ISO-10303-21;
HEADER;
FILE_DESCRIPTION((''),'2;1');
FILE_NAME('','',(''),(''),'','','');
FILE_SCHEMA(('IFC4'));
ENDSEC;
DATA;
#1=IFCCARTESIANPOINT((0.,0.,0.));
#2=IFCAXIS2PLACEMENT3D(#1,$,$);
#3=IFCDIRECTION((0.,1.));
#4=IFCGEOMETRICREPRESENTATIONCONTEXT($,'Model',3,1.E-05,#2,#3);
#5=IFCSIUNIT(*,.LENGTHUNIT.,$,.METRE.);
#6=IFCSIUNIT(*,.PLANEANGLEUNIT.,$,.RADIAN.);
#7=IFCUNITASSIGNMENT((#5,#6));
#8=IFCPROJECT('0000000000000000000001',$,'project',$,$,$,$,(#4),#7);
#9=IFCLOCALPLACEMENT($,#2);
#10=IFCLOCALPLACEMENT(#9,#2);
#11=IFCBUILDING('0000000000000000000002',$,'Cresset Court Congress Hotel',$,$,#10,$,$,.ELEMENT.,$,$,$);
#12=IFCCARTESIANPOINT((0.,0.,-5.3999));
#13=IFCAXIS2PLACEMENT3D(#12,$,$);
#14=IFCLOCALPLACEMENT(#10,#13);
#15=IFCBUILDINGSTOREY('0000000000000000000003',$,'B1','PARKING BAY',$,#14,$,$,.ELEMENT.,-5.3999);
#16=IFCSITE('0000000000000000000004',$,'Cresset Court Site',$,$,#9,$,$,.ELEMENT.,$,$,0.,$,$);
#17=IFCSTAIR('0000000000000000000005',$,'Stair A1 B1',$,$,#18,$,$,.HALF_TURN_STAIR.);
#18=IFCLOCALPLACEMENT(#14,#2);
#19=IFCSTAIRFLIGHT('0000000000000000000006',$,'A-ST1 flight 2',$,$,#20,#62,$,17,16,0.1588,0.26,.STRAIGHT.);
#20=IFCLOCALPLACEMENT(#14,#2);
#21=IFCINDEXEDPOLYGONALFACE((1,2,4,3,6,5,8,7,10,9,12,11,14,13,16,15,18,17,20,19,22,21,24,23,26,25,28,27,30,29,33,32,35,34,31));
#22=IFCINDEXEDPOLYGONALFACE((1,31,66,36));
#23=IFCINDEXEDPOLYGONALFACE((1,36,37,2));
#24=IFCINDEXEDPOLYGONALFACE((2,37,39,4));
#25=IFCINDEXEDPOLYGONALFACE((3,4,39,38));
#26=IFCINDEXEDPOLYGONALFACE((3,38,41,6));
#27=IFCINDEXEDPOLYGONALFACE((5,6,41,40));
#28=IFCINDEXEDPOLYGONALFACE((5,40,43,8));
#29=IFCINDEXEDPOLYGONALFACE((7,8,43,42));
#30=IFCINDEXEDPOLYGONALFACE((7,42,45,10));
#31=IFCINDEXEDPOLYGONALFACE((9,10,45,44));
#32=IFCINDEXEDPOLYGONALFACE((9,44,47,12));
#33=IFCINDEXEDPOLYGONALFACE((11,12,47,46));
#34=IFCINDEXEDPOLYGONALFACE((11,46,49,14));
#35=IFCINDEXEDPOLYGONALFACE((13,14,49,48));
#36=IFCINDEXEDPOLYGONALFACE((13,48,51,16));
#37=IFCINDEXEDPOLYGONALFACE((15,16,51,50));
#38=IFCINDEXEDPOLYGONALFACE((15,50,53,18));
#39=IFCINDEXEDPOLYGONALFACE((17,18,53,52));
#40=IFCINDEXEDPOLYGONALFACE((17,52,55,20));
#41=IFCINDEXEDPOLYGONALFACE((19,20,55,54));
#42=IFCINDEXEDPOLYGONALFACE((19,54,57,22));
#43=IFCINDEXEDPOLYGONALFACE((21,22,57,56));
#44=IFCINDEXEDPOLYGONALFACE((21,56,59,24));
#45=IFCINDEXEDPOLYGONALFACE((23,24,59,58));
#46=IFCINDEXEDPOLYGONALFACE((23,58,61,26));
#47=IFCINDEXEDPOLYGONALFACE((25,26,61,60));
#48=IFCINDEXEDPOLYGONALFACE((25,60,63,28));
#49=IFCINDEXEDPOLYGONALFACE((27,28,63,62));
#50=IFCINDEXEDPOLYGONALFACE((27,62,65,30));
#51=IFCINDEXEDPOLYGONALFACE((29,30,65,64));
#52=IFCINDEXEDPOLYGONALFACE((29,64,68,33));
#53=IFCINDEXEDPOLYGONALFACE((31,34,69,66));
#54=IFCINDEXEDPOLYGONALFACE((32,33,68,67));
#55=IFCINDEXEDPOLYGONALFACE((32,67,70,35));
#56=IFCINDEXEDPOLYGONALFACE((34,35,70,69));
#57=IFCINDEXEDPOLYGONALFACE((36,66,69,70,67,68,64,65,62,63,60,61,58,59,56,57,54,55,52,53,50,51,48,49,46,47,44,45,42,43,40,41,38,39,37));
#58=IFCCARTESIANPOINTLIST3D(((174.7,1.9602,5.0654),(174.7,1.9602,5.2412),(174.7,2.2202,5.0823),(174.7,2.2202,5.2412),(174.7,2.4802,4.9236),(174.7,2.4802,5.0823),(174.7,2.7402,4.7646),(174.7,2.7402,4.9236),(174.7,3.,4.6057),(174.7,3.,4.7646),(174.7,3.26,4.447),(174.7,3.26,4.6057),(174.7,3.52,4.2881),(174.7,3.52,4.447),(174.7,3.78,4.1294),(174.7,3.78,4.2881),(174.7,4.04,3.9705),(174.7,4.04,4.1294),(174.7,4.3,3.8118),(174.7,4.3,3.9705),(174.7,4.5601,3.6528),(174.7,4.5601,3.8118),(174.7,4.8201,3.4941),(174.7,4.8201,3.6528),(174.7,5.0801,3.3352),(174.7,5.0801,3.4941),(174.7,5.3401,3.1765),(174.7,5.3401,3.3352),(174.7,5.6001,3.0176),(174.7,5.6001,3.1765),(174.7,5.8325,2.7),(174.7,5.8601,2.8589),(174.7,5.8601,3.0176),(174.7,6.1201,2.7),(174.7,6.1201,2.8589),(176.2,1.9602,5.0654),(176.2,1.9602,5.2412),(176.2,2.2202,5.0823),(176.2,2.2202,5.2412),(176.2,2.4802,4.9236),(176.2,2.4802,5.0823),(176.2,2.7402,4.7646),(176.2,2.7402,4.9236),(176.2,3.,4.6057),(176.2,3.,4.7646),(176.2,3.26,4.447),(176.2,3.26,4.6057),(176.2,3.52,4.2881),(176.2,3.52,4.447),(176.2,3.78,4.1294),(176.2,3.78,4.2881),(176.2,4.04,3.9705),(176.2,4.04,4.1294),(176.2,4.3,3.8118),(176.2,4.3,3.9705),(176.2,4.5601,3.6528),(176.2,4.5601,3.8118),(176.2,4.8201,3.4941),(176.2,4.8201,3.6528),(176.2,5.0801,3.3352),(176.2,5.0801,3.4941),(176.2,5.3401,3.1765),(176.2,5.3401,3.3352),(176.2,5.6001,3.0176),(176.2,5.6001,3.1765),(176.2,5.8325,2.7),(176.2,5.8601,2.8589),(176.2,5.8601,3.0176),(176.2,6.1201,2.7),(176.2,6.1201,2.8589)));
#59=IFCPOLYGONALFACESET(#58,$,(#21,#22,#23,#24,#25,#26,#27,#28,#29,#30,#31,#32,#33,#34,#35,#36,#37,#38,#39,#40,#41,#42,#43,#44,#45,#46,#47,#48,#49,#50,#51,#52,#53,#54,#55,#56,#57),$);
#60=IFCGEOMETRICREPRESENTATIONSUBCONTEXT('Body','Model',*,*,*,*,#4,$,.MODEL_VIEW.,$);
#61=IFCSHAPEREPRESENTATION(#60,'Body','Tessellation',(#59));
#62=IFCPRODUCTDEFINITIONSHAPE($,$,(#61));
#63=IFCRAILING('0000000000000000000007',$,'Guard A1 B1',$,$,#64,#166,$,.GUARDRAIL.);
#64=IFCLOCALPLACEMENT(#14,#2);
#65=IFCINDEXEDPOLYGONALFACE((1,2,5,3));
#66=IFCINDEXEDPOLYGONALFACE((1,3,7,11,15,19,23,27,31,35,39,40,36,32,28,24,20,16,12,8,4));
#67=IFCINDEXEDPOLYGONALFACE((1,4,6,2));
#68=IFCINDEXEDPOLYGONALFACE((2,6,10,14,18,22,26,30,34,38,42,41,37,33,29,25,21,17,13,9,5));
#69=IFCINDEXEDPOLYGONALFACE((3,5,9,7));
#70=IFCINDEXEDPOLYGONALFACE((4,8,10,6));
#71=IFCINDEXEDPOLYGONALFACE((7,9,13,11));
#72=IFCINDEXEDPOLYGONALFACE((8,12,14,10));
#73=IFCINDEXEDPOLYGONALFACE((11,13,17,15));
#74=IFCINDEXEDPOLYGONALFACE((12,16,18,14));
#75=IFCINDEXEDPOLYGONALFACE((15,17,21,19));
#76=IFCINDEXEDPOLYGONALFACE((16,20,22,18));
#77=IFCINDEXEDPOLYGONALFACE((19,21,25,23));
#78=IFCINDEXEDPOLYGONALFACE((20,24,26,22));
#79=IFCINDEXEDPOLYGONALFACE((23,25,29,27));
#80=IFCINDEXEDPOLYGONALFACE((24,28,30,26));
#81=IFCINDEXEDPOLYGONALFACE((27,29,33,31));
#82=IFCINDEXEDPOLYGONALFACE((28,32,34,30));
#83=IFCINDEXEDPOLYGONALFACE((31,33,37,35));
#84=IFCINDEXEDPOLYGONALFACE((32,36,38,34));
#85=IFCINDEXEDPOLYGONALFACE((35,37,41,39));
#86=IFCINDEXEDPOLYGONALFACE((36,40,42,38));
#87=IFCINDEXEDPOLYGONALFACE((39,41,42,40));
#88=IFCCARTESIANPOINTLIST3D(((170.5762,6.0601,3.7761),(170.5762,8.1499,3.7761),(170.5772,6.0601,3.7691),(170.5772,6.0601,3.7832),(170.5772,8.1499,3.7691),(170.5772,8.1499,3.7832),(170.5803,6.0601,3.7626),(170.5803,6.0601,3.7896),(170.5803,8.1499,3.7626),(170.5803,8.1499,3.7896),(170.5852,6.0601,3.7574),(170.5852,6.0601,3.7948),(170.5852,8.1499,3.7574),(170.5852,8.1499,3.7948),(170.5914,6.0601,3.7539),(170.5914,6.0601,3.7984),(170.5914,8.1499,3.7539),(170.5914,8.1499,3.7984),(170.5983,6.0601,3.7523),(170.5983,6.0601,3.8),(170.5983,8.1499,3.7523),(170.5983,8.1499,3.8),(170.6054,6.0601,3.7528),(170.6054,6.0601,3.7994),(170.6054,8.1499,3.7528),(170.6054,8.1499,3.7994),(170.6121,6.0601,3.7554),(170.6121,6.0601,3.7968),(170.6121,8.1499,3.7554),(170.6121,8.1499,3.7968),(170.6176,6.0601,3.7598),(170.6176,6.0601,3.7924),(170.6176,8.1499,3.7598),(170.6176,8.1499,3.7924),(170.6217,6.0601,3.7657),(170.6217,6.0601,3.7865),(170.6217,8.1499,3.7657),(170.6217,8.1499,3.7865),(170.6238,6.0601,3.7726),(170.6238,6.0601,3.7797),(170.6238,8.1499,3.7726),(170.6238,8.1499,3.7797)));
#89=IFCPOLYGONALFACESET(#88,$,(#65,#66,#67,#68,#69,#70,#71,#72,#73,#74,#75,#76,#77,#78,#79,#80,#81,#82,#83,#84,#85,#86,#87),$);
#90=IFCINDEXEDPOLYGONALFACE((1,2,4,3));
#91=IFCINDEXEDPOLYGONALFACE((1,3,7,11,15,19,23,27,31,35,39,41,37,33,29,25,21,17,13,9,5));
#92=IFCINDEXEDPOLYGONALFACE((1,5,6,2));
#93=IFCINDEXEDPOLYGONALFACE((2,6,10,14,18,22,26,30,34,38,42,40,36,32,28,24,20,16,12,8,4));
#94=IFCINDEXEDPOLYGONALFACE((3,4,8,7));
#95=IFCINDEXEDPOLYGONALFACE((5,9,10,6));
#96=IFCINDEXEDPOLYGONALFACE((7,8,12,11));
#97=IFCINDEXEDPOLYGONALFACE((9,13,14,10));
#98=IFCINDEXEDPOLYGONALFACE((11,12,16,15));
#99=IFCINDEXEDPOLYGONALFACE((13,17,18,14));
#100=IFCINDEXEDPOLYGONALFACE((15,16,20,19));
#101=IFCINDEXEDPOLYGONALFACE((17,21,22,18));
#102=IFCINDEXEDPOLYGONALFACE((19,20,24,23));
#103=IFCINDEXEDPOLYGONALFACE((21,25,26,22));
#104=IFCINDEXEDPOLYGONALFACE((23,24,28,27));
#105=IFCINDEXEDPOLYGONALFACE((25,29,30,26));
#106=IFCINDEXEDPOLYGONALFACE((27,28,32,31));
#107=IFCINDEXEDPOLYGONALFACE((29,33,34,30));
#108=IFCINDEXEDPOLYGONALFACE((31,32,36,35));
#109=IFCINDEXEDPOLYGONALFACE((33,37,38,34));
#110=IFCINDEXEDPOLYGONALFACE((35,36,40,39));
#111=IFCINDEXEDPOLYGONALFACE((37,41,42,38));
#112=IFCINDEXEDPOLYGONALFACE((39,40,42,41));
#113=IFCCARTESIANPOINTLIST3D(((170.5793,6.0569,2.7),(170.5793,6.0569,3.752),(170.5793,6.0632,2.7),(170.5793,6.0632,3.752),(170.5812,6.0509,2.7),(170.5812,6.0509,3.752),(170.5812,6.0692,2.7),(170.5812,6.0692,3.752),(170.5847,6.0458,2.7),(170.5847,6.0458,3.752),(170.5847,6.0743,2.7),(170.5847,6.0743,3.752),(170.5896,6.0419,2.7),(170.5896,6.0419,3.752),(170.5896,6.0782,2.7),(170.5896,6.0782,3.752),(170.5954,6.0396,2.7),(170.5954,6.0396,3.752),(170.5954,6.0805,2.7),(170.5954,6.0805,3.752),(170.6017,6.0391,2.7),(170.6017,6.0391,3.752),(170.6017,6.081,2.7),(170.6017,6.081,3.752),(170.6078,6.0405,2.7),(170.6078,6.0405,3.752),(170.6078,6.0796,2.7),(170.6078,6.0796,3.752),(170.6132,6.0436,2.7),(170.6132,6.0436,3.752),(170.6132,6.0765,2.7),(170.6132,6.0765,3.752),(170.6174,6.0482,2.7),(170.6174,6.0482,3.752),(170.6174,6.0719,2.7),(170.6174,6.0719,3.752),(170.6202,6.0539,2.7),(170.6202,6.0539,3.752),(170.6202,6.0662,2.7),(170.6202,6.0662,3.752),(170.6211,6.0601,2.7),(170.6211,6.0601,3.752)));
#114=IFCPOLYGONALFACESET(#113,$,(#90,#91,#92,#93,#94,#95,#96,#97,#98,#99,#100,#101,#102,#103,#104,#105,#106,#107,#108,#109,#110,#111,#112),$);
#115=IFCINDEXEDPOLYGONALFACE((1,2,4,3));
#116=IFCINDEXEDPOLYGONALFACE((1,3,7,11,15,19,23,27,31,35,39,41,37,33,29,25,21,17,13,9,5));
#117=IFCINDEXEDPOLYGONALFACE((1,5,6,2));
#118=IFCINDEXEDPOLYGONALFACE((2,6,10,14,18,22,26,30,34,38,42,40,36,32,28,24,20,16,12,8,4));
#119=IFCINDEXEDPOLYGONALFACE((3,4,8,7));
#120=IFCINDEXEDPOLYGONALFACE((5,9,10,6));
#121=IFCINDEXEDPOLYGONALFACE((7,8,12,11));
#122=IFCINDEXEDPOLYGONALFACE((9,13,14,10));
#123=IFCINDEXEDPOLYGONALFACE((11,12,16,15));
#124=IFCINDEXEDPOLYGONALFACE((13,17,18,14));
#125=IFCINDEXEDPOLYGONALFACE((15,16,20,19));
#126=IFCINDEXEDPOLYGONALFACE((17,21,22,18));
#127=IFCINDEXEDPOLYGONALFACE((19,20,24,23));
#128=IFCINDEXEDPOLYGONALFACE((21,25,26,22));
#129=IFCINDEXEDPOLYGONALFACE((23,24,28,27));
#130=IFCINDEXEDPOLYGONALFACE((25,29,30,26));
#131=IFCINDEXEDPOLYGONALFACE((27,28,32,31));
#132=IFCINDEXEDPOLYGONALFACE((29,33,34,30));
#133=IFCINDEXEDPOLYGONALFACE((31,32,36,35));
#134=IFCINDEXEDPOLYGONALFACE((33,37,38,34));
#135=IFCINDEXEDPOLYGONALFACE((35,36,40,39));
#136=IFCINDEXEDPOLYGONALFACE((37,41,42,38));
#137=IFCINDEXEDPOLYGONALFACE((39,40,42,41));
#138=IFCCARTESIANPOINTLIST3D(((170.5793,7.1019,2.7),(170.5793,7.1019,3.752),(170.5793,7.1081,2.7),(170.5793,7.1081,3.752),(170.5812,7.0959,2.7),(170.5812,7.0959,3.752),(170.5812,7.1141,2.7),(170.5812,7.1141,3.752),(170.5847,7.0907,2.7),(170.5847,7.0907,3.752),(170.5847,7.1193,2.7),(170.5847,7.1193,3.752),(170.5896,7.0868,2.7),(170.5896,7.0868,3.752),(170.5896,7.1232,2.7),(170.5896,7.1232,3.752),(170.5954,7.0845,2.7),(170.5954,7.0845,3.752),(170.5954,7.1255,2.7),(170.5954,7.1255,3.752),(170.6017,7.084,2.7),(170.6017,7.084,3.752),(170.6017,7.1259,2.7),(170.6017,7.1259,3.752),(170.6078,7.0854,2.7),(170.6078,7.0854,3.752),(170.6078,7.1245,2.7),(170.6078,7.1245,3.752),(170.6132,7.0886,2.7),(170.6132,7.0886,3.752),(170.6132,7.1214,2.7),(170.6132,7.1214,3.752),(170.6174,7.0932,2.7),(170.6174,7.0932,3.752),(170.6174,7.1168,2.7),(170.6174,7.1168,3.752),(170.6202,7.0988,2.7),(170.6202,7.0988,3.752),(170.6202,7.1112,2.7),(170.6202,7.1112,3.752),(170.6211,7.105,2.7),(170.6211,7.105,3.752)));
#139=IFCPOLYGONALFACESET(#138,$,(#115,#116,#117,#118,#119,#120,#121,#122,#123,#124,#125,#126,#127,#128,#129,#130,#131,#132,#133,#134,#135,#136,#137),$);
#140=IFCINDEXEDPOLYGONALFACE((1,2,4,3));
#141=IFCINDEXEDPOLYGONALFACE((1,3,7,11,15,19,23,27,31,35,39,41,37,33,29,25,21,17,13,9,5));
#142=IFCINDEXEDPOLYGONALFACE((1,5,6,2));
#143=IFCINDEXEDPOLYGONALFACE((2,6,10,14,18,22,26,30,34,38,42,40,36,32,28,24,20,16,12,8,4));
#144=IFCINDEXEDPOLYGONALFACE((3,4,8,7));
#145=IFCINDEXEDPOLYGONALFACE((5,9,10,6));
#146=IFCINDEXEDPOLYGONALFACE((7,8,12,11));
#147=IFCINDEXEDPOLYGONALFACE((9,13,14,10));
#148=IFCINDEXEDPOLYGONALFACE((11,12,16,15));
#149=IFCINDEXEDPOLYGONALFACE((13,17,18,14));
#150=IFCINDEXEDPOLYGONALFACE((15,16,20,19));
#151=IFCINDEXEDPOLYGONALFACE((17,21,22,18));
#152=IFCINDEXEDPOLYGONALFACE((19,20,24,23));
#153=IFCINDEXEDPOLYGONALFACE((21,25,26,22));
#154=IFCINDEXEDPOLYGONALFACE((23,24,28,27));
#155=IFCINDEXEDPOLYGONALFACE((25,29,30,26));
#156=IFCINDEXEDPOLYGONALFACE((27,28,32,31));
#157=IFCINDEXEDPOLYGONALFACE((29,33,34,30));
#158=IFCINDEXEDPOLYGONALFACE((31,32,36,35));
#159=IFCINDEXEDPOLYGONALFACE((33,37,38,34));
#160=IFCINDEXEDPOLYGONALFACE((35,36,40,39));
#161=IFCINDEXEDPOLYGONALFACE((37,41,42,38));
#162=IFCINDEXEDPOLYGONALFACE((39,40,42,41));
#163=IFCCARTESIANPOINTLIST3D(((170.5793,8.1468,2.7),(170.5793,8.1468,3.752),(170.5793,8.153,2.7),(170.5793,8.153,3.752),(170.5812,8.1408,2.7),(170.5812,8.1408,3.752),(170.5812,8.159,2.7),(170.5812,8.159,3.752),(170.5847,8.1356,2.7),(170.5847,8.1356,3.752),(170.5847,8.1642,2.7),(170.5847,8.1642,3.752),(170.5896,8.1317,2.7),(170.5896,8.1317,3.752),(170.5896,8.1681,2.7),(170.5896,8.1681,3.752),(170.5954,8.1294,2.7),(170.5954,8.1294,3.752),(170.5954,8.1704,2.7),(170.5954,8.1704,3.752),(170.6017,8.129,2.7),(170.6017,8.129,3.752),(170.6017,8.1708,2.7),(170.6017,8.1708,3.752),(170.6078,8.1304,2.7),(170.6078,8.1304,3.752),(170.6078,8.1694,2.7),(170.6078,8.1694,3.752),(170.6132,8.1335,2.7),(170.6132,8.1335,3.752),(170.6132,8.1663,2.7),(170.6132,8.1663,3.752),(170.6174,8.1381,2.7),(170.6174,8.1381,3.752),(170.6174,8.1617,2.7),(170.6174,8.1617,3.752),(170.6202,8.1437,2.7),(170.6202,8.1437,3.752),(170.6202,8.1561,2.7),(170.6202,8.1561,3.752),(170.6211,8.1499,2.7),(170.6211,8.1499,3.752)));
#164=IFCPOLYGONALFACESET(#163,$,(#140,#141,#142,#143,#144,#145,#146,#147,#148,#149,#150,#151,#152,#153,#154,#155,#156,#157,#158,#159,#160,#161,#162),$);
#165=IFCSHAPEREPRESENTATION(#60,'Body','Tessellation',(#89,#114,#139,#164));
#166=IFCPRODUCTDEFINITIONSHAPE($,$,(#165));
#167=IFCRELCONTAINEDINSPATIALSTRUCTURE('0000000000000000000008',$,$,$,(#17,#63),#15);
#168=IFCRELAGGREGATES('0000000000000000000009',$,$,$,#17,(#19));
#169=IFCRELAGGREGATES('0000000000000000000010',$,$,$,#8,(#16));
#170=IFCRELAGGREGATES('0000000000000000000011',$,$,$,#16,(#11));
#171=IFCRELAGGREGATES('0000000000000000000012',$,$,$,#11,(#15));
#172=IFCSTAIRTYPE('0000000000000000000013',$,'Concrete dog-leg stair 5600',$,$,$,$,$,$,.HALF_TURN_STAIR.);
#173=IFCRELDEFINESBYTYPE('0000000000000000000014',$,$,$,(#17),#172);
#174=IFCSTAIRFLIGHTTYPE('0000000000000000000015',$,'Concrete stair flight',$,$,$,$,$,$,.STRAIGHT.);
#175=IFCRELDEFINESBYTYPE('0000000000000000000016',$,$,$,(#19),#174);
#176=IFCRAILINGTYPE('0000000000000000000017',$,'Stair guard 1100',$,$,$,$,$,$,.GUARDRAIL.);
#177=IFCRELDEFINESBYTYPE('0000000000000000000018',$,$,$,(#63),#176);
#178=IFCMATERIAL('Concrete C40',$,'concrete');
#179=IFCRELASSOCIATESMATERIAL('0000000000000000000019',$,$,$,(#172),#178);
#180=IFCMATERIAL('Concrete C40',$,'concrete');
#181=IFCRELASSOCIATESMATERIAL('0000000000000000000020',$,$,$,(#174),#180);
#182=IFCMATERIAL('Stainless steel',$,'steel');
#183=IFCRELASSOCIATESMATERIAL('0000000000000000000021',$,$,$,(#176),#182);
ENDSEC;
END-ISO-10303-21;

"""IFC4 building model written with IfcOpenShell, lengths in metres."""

from ifc_helpers import new_model, si_unit, direction, frame, origin, origin_2d, place, context, subcontext, project, spatial, polyline, circle, outline, extrude, material, type_object, element, aggregate, save


model = new_model("IFC4")

# Units and contexts
model_context = context("Model", 3, precision=1e-05, world=origin(), true_north=direction((0.0, 1.0)))
body_context = subcontext(model_context, "Body", "Model", "MODEL_VIEW")
ifc_project = project(units=[si_unit("LENGTHUNIT", "METRE"), si_unit("PLANEANGLEUNIT", "RADIAN")], contexts=[model_context])

# Site, building, storey
site_placement = place(None, origin())
site = spatial("IfcSite", under=ifc_project, at=site_placement, Name="Cresset Court Site", CompositionType="ELEMENT", RefElevation=0.0)
building_placement = place(site_placement, origin())
building = spatial("IfcBuilding", under=site, at=building_placement, Name="Cresset Court Congress Hotel", CompositionType="ELEMENT")
storey_placement = place(building_placement, frame((0.0, 0.0, -5.3999)))
storey = spatial("IfcBuildingStorey", under=building, at=storey_placement, Name="B1", Description="PARKING BAY", CompositionType="ELEMENT", Elevation=-5.3999)

# Stair, stair flight
ifc_material_1 = material(Name="Concrete C40", Category="concrete")
stair_type = type_object("IfcStairType", Name="Concrete dog-leg stair 5600", PredefinedType="HALF_TURN_STAIR", material=ifc_material_1)
stair_placement = place(storey_placement, origin())
stair = element("IfcStair", 1, at=stair_placement, inside=storey, type_object=stair_type, Name="Stair A1 B1", PredefinedType="HALF_TURN_STAIR")
ifc_material_2 = material(Name="Concrete C40", Category="concrete")
stair_flight_type = type_object("IfcStairFlightType", Name="Concrete stair flight", PredefinedType="STRAIGHT", material=ifc_material_2)
stair_flight_1_placement = place(storey_placement, frame((175.45, 6.1201, 2.7), z_axis=(0.0, 0.0, 1.0), x_axis=(0.0, -1.0, 0.0)))
stair_flight_1 = element("IfcStairFlight", 2, at=stair_flight_1_placement, type_object=stair_flight_type, Name="A-ST1 flight 2", NumberOfRisers=17, NumberOfTreads=16, PredefinedType="STRAIGHT", RiserHeight=0.1588, TreadLength=0.26, context=body_context, shape_type="SweptSolid", body=[
    extrude(outline(polyline([(0.0, 0.0), (0.0, 0.1589), (0.26, 0.1589), (0.26, 0.3176), (0.52, 0.3176), (0.52, 0.4766), (0.78, 0.4766), (0.78, 0.6353), (1.04, 0.6353), (1.04, 0.7942), (1.3, 0.7942), (1.3, 0.9529), (1.5601, 0.9529), (1.5601, 1.1118), (1.8201, 1.1118), (1.8201, 1.2705), (2.0801, 1.2705), (2.0801, 1.4294), (2.3401, 1.4294), (2.3401, 1.5881), (2.6001, 1.5881), (2.6001, 1.7471), (2.8601, 1.7471), (2.8601, 1.9058), (3.1201, 1.9058), (3.1201, 2.0647), (3.3799, 2.0647), (3.3799, 2.2236), (3.6399, 2.2236), (3.6399, 2.3823), (3.8999, 2.3823), (3.8999, 2.5413), (4.1599, 2.5413), (4.1599, 2.7), (4.1599, 2.3655), (0.2876, 0.0), (0.0, 0.0)])), frame((0.0, 0.75, 0.0), z_axis=(0.0, -1.0, 0.0), x_axis=(1.0, 0.0, 0.0)), (0.0, 0.0, 1.0), 1.5),
])
aggregate(stair, [stair_flight_1])

# Railing
ifc_material_3 = material(Name="Stainless steel", Category="steel")
railing_type_1 = type_object("IfcRailingType", Name="Stair guard 1100", PredefinedType="GUARDRAIL", material=ifc_material_3)
railing_1_placement = place(storey_placement, frame((170.6001, 6.0601, 2.7)))
element("IfcRailing", 3, at=railing_1_placement, inside=storey, type_object=railing_type_1, Name="Guard A1 B1", PredefinedType="GUARDRAIL", context=body_context, shape_type="SweptSolid", body=[
    extrude(circle(Radius=0.0239, at=origin_2d()), frame((0.0, 0.0, 1.0762), z_axis=(0.0, 1.0, 0.0), x_axis=(-1.0, 0.0, 0.0)), (0.0, 0.0, 1.0), 2.0898),
    extrude(circle(Radius=0.021, at=origin_2d()), origin(), (0.0, 0.0, 1.0), 1.052),
    extrude(circle(Radius=0.021, at=origin_2d()), frame((0.0, 1.0449, 0.0)), (0.0, 0.0, 1.0), 1.052),
    extrude(circle(Radius=0.021, at=origin_2d()), frame((0.0, 2.0898, 0.0)), (0.0, 0.0, 1.0), 1.052),
])

save(model, "model.ifc")
